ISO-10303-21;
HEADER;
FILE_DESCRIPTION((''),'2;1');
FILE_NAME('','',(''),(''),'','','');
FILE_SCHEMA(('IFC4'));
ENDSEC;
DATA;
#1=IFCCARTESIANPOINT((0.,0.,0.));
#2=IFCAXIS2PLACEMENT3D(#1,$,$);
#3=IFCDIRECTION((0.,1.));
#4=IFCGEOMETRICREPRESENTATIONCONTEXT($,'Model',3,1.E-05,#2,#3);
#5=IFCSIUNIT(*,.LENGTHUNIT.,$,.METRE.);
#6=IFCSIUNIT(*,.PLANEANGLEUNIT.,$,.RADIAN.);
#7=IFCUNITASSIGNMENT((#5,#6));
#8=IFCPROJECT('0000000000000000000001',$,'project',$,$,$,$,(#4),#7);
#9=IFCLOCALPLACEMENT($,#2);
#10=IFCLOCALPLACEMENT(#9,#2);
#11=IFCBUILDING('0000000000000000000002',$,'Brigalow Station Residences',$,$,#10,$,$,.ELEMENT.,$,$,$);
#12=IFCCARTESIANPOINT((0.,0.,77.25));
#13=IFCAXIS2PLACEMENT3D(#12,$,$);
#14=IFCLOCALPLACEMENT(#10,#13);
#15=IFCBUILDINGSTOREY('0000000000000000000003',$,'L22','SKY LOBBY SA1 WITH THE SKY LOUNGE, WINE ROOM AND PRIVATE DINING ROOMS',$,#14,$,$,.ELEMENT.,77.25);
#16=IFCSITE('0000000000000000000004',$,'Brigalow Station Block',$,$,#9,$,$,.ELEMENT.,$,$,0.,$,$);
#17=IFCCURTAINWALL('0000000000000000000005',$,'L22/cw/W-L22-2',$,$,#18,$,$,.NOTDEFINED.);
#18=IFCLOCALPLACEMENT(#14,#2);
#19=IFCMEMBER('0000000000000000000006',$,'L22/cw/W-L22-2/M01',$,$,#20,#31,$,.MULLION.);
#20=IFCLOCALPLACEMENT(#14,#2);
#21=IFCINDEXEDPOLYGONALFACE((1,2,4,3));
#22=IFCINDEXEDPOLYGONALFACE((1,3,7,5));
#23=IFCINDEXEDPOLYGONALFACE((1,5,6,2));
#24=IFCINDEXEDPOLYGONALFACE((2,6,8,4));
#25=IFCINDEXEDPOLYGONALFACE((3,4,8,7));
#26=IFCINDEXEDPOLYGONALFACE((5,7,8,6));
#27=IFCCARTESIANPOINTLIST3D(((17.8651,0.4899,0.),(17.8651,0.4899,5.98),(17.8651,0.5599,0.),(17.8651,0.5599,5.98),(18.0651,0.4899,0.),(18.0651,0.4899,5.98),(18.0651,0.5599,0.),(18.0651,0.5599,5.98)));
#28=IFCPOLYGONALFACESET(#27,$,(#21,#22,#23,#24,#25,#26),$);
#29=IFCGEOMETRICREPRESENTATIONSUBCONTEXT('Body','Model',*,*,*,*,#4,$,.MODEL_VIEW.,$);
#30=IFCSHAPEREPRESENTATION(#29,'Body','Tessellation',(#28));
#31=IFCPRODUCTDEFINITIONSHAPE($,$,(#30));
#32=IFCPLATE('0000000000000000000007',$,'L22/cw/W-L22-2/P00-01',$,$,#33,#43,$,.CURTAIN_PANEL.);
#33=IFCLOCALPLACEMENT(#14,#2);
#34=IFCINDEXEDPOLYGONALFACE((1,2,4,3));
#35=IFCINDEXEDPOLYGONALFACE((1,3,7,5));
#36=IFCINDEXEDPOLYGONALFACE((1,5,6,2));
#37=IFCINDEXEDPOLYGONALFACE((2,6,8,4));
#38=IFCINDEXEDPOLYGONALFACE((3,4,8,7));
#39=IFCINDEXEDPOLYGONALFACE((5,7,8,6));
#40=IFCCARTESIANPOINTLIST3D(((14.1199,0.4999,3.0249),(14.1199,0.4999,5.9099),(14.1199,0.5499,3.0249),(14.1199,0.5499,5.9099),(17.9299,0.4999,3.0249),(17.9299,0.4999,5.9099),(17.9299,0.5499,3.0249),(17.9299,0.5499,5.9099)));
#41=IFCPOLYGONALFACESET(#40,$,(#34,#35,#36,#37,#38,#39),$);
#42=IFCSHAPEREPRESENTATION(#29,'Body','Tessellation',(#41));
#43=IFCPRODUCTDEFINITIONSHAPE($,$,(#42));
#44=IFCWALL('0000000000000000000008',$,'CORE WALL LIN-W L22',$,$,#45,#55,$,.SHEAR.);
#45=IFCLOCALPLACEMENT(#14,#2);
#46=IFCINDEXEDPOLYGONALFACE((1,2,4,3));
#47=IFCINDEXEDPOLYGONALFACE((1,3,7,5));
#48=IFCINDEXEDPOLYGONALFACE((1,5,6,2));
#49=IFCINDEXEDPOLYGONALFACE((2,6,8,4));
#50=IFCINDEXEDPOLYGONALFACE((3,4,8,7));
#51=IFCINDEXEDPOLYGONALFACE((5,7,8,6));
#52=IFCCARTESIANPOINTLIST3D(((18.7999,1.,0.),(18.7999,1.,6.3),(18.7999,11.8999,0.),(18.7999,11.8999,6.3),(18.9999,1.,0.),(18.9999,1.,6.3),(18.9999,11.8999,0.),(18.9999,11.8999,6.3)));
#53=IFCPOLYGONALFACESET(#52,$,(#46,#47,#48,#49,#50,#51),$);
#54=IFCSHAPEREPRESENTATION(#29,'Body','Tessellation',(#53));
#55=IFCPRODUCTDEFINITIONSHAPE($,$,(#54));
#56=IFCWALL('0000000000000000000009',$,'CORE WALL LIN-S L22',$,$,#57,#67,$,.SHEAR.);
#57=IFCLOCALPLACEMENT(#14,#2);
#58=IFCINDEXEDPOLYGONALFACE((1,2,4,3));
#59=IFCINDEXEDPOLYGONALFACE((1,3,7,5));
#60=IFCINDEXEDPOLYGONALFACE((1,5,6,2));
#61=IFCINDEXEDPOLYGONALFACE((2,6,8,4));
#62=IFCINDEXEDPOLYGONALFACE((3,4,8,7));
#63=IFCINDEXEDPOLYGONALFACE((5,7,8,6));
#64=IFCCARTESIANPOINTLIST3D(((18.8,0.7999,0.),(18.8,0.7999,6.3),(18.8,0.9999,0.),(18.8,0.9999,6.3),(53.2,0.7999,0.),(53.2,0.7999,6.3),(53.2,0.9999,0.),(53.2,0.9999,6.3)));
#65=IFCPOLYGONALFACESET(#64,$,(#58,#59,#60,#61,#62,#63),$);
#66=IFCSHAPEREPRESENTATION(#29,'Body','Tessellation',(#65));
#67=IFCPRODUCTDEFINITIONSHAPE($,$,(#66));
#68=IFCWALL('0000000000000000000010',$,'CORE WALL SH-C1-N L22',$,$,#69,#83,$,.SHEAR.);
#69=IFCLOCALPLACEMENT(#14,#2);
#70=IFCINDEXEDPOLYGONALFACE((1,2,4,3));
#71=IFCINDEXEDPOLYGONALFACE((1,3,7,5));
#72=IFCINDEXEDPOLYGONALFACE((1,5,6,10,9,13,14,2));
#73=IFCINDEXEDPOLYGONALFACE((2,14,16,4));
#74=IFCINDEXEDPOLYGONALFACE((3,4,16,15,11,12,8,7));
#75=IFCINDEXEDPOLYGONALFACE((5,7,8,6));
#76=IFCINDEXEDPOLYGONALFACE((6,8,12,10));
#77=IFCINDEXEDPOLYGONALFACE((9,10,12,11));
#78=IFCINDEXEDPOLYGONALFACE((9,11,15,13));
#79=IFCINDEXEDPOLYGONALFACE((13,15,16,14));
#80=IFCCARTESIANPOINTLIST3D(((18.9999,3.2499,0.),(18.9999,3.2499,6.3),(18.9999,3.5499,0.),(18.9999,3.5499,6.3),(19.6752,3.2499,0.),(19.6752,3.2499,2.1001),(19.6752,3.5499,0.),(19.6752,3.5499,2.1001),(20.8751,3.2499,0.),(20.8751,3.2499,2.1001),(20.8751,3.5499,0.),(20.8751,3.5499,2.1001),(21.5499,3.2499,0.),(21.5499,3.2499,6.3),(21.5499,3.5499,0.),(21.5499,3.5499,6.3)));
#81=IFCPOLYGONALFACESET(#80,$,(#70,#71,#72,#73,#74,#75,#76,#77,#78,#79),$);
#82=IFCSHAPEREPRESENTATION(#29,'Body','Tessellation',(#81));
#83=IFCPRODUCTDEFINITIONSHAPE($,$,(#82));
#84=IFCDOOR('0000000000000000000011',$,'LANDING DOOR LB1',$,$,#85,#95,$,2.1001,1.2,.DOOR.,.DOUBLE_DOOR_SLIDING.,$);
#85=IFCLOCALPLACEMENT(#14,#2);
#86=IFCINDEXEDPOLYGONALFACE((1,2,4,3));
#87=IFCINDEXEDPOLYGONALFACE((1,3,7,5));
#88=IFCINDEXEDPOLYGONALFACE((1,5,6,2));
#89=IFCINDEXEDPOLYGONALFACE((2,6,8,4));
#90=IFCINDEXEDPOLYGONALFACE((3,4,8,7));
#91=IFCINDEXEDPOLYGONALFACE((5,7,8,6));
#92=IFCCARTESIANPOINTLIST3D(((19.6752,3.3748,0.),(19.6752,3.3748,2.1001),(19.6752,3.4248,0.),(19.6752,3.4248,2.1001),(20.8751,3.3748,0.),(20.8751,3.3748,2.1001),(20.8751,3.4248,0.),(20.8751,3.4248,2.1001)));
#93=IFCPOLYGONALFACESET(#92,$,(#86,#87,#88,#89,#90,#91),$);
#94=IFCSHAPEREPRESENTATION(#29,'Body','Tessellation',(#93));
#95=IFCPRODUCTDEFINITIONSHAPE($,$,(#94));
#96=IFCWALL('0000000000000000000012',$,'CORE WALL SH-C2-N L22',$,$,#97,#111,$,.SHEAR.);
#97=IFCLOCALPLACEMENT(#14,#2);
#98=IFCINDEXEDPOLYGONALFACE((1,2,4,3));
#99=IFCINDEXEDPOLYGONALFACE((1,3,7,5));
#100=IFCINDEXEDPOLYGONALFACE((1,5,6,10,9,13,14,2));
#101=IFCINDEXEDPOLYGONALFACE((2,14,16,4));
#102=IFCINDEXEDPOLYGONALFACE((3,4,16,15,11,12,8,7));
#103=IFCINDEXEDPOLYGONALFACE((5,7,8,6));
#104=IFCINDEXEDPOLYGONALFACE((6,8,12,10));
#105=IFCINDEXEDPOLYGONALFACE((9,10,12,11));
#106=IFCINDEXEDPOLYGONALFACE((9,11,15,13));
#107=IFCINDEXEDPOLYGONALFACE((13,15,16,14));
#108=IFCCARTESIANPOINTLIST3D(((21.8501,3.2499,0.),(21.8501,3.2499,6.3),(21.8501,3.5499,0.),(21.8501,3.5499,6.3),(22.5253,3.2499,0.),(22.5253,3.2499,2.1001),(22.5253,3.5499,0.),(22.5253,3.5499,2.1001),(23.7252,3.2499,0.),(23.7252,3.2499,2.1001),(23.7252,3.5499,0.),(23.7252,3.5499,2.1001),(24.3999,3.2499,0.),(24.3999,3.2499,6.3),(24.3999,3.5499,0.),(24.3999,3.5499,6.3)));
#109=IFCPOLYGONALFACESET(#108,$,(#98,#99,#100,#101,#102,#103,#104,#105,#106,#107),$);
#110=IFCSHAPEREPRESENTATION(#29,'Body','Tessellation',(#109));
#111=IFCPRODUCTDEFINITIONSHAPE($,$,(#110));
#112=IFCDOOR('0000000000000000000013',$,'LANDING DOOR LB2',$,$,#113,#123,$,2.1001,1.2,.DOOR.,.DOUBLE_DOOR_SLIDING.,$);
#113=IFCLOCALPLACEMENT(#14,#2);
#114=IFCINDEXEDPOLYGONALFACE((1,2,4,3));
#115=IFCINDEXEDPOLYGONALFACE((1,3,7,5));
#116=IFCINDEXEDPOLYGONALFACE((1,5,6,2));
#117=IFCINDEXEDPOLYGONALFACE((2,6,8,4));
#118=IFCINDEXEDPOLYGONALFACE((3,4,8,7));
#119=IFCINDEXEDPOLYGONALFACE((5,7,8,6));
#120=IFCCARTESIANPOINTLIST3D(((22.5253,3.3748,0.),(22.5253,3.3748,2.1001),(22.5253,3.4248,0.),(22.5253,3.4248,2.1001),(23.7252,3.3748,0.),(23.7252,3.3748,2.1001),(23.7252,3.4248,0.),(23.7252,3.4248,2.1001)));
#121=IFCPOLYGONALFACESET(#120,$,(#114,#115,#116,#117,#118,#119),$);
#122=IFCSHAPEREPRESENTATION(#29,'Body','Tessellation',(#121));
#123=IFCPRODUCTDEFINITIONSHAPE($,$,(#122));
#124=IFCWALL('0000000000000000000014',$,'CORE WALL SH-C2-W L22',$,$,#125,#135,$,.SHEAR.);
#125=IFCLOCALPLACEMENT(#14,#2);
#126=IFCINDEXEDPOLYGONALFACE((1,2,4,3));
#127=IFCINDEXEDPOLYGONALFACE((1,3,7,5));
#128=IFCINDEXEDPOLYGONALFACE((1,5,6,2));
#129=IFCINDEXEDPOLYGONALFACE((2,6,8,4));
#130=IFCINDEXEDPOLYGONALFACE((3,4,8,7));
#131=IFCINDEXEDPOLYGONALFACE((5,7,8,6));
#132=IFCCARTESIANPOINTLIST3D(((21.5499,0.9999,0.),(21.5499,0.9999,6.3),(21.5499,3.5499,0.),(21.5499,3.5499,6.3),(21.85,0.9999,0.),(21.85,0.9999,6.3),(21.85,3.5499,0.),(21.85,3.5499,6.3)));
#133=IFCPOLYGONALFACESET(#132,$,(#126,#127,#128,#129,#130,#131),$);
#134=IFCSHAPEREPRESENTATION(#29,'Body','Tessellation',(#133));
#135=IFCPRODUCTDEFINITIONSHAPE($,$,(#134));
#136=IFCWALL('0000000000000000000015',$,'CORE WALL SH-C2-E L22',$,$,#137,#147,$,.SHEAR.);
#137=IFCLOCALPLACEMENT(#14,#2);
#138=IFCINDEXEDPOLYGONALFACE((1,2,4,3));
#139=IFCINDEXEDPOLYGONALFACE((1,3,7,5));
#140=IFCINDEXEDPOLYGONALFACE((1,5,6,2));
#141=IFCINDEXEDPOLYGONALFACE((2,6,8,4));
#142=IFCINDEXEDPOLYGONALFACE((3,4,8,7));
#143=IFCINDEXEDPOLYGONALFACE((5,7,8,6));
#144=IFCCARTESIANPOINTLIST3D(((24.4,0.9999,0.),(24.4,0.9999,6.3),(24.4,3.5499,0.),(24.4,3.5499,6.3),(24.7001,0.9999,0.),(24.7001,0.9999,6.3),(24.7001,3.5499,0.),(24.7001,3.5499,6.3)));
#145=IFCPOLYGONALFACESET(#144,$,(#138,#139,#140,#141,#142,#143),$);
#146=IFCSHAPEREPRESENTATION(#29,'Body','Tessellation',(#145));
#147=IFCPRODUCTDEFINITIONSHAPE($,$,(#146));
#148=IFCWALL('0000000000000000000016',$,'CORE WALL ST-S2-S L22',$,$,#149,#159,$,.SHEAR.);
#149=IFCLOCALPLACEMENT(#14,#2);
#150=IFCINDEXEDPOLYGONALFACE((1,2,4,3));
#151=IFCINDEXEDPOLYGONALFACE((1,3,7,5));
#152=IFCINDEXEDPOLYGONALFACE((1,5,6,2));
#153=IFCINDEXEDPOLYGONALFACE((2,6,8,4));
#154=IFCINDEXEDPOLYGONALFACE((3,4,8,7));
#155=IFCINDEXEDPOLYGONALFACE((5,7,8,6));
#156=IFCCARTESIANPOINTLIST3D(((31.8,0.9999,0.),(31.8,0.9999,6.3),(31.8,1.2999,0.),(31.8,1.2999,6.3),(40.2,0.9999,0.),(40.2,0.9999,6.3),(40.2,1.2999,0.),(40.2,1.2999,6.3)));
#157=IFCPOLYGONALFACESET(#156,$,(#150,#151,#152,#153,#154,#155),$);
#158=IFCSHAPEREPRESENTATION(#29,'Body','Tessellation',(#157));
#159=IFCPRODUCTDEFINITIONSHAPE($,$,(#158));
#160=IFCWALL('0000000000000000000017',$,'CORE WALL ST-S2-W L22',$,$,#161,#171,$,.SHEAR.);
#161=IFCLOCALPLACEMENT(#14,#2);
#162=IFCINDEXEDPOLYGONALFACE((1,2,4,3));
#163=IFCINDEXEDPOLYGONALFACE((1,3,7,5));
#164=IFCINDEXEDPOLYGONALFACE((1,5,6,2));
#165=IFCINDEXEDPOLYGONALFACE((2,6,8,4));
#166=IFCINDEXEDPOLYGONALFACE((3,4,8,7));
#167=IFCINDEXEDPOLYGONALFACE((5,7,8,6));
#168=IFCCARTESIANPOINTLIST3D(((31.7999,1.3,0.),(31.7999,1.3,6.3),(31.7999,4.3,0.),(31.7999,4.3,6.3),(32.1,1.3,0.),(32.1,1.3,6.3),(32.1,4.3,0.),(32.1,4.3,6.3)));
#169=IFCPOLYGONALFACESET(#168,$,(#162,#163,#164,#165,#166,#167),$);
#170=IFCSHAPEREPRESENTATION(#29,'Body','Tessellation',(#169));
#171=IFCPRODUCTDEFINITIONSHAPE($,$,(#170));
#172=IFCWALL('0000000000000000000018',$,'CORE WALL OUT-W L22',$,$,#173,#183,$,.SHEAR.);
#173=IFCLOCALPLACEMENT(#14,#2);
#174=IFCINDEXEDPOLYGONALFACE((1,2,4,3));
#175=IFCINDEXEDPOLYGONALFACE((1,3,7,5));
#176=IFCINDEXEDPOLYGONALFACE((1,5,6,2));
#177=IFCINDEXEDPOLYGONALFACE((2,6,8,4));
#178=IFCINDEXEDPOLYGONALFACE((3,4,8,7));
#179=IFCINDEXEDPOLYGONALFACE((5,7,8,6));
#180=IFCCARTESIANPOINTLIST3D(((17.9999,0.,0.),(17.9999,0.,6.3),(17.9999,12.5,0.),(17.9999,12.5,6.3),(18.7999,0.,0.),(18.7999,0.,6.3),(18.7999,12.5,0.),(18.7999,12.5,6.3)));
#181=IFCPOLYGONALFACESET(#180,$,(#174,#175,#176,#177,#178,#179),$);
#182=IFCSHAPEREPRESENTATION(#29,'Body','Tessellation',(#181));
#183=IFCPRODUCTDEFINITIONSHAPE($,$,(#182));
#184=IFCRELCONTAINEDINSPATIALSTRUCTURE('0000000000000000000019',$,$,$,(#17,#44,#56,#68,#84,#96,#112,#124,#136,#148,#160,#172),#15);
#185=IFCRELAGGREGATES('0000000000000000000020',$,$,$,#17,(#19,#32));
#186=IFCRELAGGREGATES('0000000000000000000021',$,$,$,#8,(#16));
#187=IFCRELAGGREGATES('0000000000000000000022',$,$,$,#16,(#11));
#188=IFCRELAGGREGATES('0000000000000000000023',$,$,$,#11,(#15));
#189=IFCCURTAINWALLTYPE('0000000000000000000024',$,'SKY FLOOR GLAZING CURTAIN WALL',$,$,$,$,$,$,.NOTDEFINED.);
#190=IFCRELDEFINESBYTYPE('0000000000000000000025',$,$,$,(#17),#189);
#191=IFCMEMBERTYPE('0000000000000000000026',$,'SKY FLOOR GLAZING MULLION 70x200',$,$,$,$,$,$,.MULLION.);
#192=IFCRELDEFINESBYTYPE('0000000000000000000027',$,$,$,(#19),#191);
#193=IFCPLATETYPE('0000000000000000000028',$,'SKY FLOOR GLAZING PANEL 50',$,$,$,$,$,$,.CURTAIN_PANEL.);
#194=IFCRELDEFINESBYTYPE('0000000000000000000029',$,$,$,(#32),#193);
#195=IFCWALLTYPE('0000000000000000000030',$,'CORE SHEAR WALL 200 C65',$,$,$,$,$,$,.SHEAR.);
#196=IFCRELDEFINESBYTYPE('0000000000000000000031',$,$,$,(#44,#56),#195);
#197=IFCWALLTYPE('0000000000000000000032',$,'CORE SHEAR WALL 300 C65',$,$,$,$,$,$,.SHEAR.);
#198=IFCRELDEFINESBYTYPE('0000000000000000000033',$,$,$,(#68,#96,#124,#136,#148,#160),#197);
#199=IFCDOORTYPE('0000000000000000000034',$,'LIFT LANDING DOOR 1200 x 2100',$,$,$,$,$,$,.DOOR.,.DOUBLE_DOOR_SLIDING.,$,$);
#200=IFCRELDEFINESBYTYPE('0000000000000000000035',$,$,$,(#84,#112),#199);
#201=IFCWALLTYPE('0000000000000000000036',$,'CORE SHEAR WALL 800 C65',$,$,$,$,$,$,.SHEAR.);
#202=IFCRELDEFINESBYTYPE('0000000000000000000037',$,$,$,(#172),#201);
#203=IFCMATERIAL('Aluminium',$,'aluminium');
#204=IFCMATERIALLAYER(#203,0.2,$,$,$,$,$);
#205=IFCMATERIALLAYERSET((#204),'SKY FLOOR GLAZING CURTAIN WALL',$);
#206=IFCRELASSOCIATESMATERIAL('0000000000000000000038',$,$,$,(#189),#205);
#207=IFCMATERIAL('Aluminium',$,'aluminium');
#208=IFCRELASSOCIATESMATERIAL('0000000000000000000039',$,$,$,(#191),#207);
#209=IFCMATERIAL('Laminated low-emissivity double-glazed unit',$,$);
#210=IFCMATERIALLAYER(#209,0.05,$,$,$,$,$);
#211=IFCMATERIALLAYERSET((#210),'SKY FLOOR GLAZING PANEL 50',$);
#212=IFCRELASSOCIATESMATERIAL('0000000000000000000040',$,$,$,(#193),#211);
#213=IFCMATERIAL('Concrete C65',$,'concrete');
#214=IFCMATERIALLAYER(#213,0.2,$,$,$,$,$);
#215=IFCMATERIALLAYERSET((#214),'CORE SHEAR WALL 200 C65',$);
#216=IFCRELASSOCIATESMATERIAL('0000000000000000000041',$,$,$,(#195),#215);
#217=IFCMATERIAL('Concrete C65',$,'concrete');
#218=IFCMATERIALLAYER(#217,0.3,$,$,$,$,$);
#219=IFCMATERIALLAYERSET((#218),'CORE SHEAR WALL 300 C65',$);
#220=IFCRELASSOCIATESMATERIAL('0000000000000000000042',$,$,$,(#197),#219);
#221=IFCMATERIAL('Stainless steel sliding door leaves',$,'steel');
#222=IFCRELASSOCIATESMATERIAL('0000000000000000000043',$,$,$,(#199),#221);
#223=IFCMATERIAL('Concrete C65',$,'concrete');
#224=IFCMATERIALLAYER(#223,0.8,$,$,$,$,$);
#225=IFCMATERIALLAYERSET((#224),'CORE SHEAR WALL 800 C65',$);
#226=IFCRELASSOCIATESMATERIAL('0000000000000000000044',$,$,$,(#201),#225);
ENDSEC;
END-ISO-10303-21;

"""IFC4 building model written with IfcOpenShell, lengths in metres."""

from ifc_helpers import new_model, si_unit, direction, frame, frame_2d, origin, origin_2d, place, context, subcontext, project, spatial, rectangle, extrude, material, layer, layer_set, material_profile, profile_set, type_object, element, fill, aggregate, save


model = new_model("IFC4")

# Units and contexts
model_context = context("Model", 3, precision=1e-05, world=origin(), true_north=direction((0.0, 1.0)))
body_context = subcontext(model_context, "Body", "Model", "MODEL_VIEW")
ifc_project = project(units=[si_unit("LENGTHUNIT", "METRE"), si_unit("PLANEANGLEUNIT", "RADIAN")], contexts=[model_context])

# Site, building, storey
site_placement = place(None, origin())
site = spatial("IfcSite", under=ifc_project, at=site_placement, Name="Brigalow Station Block", CompositionType="ELEMENT", RefElevation=0.0)
building_placement = place(site_placement, origin())
building = spatial("IfcBuilding", under=site, at=building_placement, Name="Brigalow Station Residences", CompositionType="ELEMENT")
storey_placement = place(building_placement, frame((0.0, 0.0, 77.25)))
storey = spatial("IfcBuildingStorey", under=building, at=storey_placement, Name="L22", Description="SKY LOBBY SA1 WITH THE SKY LOUNGE, WINE ROOM AND PRIVATE DINING ROOMS", CompositionType="ELEMENT", Elevation=77.25)

# Curtain wall, member, plate
ifc_material_1 = material(Name="Aluminium", Category="aluminium")
ifc_layer_1 = layer(ifc_material_1, 0.2)
ifc_layer_set_1 = layer_set([ifc_layer_1], Name="SKY FLOOR GLAZING CURTAIN WALL")
curtain_wall_type = type_object("IfcCurtainWallType", Name="SKY FLOOR GLAZING CURTAIN WALL", PredefinedType="NOTDEFINED", material=ifc_layer_set_1)
curtain_wall_placement = place(storey_placement, origin())
curtain_wall = element("IfcCurtainWall", 1, at=curtain_wall_placement, inside=storey, type_object=curtain_wall_type, Name="L22/cw/W-L22-2", PredefinedType="NOTDEFINED")
ifc_material_2 = material(Name="Aluminium", Category="aluminium")
ifc_material_profile = material_profile(ifc_material_2, rectangle(XDim=0.0701, YDim=0.2, at=origin_2d()), Name="SKY FLOOR GLAZING MULLION 70x200")
ifc_profile_set = profile_set([ifc_material_profile], Name="Aluminium")
member_type = type_object("IfcMemberType", Name="SKY FLOOR GLAZING MULLION 70x200", PredefinedType="MULLION", material=ifc_profile_set)
member_placement = place(storey_placement, frame((17.9651, 0.5249, 0.0), z_axis=(0.0, 0.0, 1.0), x_axis=(0.0, 1.0, 0.0)))
member = element("IfcMember", 2, at=member_placement, type_object=member_type, Name="L22/cw/W-L22-2/M01", PredefinedType="MULLION", context=body_context, shape_type="SweptSolid", body=[
    extrude(rectangle(XDim=0.0701, YDim=0.2, at=origin_2d()), origin(), (0.0, 0.0, 1.0), 5.98),
])
ifc_material_3 = material(Name="Laminated low-emissivity double-glazed unit")
ifc_layer_2 = layer(ifc_material_3, 0.05)
ifc_layer_set_2 = layer_set([ifc_layer_2], Name="SKY FLOOR GLAZING PANEL 50")
plate_type = type_object("IfcPlateType", Name="SKY FLOOR GLAZING PANEL 50", PredefinedType="CURTAIN_PANEL", material=ifc_layer_set_2)
plate_placement = place(storey_placement, frame((16.0249, 0.5249, 3.0249), z_axis=(0.0, 0.0, 1.0), x_axis=(1.0, 0.0, 0.0)))
plate = element("IfcPlate", 3, at=plate_placement, type_object=plate_type, Name="L22/cw/W-L22-2/P00-01", PredefinedType="CURTAIN_PANEL", context=body_context, shape_type="SweptSolid", body=[
    extrude(rectangle(XDim=3.8101, YDim=0.05, at=origin_2d()), origin(), (0.0, 0.0, 1.0), 2.885),
])
aggregate(curtain_wall, [member, plate])

# Walls
ifc_material_4 = material(Name="Concrete C65", Category="concrete")
ifc_layer_3 = layer(ifc_material_4, 0.2)
ifc_layer_set_3 = layer_set([ifc_layer_3], Name="CORE SHEAR WALL 200 C65")
wall_type_1 = type_object("IfcWallType", Name="CORE SHEAR WALL 200 C65", PredefinedType="SHEAR", material=ifc_layer_set_3)
wall_1_placement = place(storey_placement, frame((18.8999, 1.0, 0.0), z_axis=(0.0, 0.0, 1.0), x_axis=(0.0, 1.0, 0.0)))
element("IfcWall", 4, at=wall_1_placement, inside=storey, type_object=wall_type_1, Name="CORE WALL LIN-W L22", PredefinedType="SHEAR", context=body_context, shape_type="SweptSolid", body=[
    extrude(rectangle(XDim=10.8999, YDim=0.2, at=frame_2d((5.45, 0.0))), origin(), (0.0, 0.0, 1.0), 6.3),
])
wall_2_placement = place(storey_placement, frame((18.8, 0.8999, 0.0), z_axis=(0.0, 0.0, 1.0), x_axis=(1.0, 0.0, 0.0)))
element("IfcWall", 5, at=wall_2_placement, inside=storey, type_object=wall_type_1, Name="CORE WALL LIN-S L22", PredefinedType="SHEAR", context=body_context, shape_type="SweptSolid", body=[
    extrude(rectangle(XDim=34.3999, YDim=0.2, at=frame_2d((17.2, 0.0))), origin(), (0.0, 0.0, 1.0), 6.3),
])

# Walls, openings, doors
ifc_material_5 = material(Name="Concrete C65", Category="concrete")
ifc_layer_4 = layer(ifc_material_5, 0.3)
ifc_layer_set_4 = layer_set([ifc_layer_4], Name="CORE SHEAR WALL 300 C65")
wall_type_2 = type_object("IfcWallType", Name="CORE SHEAR WALL 300 C65", PredefinedType="SHEAR", material=ifc_layer_set_4)
wall_3_placement = place(storey_placement, frame((19.0, 3.3999, 0.0), z_axis=(0.0, 0.0, 1.0), x_axis=(1.0, 0.0, 0.0)))
wall_3 = element("IfcWall", 6, at=wall_3_placement, inside=storey, type_object=wall_type_2, Name="CORE WALL SH-C1-N L22", PredefinedType="SHEAR", context=body_context, shape_type="SweptSolid", body=[
    extrude(rectangle(XDim=2.55, YDim=0.3, at=frame_2d((1.2749, 0.0))), origin(), (0.0, 0.0, 1.0), 6.3),
])
opening_1_placement = place(wall_3_placement, frame((0.675, 0.0, 0.0)))
opening_1 = element("IfcOpeningElement", 7, at=opening_1_placement, cuts=wall_3, PredefinedType="OPENING", context=body_context, shape_type="SweptSolid", body=[
    extrude(rectangle(XDim=1.2, YDim=2.1001, at=frame_2d((0.6001, 1.05))), frame((0.0, 0.1602, 0.0), z_axis=(0.0, -1.0, 0.0), x_axis=(1.0, 0.0, 0.0)), (0.0, 0.0, 1.0), 0.3201),
])
ifc_material_6 = material(Name="Stainless steel sliding door leaves", Category="steel")
door_type = type_object("IfcDoorType", Name="LIFT LANDING DOOR 1200 x 2100", OperationType="DOUBLE_DOOR_SLIDING", PredefinedType="DOOR", material=ifc_material_6)
door_1_placement = place(opening_1_placement, origin())
door_1 = element("IfcDoor", 8, at=door_1_placement, inside=storey, type_object=door_type, Name="LANDING DOOR LB1", OperationType="DOUBLE_DOOR_SLIDING", OverallHeight=2.1001, OverallWidth=1.2, PredefinedType="DOOR", context=body_context, shape_type="SweptSolid", body=[
    extrude(rectangle(XDim=1.2, YDim=2.1001, at=frame_2d((0.6001, 1.05))), frame((0.0, 0.0249, 0.0), z_axis=(0.0, -1.0, 0.0), x_axis=(1.0, 0.0, 0.0)), (0.0, 0.0, 1.0), 0.05),
])
fill(opening_1, door_1)
wall_4_placement = place(storey_placement, frame((21.8501, 3.3999, 0.0), z_axis=(0.0, 0.0, 1.0), x_axis=(1.0, 0.0, 0.0)))
wall_4 = element("IfcWall", 9, at=wall_4_placement, inside=storey, type_object=wall_type_2, Name="CORE WALL SH-C2-N L22", PredefinedType="SHEAR", context=body_context, shape_type="SweptSolid", body=[
    extrude(rectangle(XDim=2.5498, YDim=0.3, at=frame_2d((1.2749, 0.0))), origin(), (0.0, 0.0, 1.0), 6.3),
])
opening_2_placement = place(wall_4_placement, frame((0.675, 0.0, 0.0)))
opening_2 = element("IfcOpeningElement", 10, at=opening_2_placement, cuts=wall_4, PredefinedType="OPENING", context=body_context, shape_type="SweptSolid", body=[
    extrude(rectangle(XDim=1.2, YDim=2.1001, at=frame_2d((0.6001, 1.05))), frame((0.0, 0.1602, 0.0), z_axis=(0.0, -1.0, 0.0), x_axis=(1.0, 0.0, 0.0)), (0.0, 0.0, 1.0), 0.3201),
])
door_2_placement = place(opening_2_placement, origin())
door_2 = element("IfcDoor", 11, at=door_2_placement, inside=storey, type_object=door_type, Name="LANDING DOOR LB2", OperationType="DOUBLE_DOOR_SLIDING", OverallHeight=2.1001, OverallWidth=1.2, PredefinedType="DOOR", context=body_context, shape_type="SweptSolid", body=[
    extrude(rectangle(XDim=1.2, YDim=2.1001, at=frame_2d((0.6001, 1.05))), frame((0.0, 0.0249, 0.0), z_axis=(0.0, -1.0, 0.0), x_axis=(1.0, 0.0, 0.0)), (0.0, 0.0, 1.0), 0.05),
])
fill(opening_2, door_2)

# Walls
for number, where, z_axis, x_axis, name in (
    (12, (21.7, 1.0, 0.0), (0.0, 0.0, 1.0), (0.0, 1.0, 0.0), "CORE WALL SH-C2-W L22"),
    (13, (24.55, 1.0, 0.0), (0.0, 0.0, 1.0), (0.0, 1.0, 0.0), "CORE WALL SH-C2-E L22"),
):
    element("IfcWall", number, at=place(storey_placement, frame(where, z_axis=z_axis, x_axis=x_axis)), inside=storey, type_object=wall_type_2, Name=name, PredefinedType="SHEAR", context=body_context, shape_type="SweptSolid", body=[
        extrude(rectangle(XDim=2.55, YDim=0.3, at=frame_2d((1.2749, 0.0))), origin(), (0.0, 0.0, 1.0), 6.3),
    ])
wall_5_placement = place(storey_placement, frame((31.8, 1.1499, 0.0), z_axis=(0.0, 0.0, 1.0), x_axis=(1.0, 0.0, 0.0)))
element("IfcWall", 14, at=wall_5_placement, inside=storey, type_object=wall_type_2, Name="CORE WALL ST-S2-S L22", PredefinedType="SHEAR", context=body_context, shape_type="SweptSolid", body=[
    extrude(rectangle(XDim=8.3999, YDim=0.3, at=frame_2d((4.2, 0.0))), origin(), (0.0, 0.0, 1.0), 6.3),
])
wall_6_placement = place(storey_placement, frame((31.95, 1.3, 0.0), z_axis=(0.0, 0.0, 1.0), x_axis=(0.0, 1.0, 0.0)))
element("IfcWall", 15, at=wall_6_placement, inside=storey, type_object=wall_type_2, Name="CORE WALL ST-S2-W L22", PredefinedType="SHEAR", context=body_context, shape_type="SweptSolid", body=[
    extrude(rectangle(XDim=3.0, YDim=0.3, at=frame_2d((1.5, 0.0))), origin(), (0.0, 0.0, 1.0), 6.3),
])
ifc_material_7 = material(Name="Concrete C65", Category="concrete")
ifc_layer_5 = layer(ifc_material_7, 0.8)
ifc_layer_set_5 = layer_set([ifc_layer_5], Name="CORE SHEAR WALL 800 C65")
wall_type_3 = type_object("IfcWallType", Name="CORE SHEAR WALL 800 C65", PredefinedType="SHEAR", material=ifc_layer_set_5)
wall_7_placement = place(storey_placement, frame((18.3999, 0.0, 0.0), z_axis=(0.0, 0.0, 1.0), x_axis=(0.0, 1.0, 0.0)))
element("IfcWall", 16, at=wall_7_placement, inside=storey, type_object=wall_type_3, Name="CORE WALL OUT-W L22", PredefinedType="SHEAR", context=body_context, shape_type="SweptSolid", body=[
    extrude(rectangle(XDim=12.5, YDim=0.8, at=frame_2d((6.25, 0.0))), origin(), (0.0, 0.0, 1.0), 6.3),
])

save(model, "model.ifc")
